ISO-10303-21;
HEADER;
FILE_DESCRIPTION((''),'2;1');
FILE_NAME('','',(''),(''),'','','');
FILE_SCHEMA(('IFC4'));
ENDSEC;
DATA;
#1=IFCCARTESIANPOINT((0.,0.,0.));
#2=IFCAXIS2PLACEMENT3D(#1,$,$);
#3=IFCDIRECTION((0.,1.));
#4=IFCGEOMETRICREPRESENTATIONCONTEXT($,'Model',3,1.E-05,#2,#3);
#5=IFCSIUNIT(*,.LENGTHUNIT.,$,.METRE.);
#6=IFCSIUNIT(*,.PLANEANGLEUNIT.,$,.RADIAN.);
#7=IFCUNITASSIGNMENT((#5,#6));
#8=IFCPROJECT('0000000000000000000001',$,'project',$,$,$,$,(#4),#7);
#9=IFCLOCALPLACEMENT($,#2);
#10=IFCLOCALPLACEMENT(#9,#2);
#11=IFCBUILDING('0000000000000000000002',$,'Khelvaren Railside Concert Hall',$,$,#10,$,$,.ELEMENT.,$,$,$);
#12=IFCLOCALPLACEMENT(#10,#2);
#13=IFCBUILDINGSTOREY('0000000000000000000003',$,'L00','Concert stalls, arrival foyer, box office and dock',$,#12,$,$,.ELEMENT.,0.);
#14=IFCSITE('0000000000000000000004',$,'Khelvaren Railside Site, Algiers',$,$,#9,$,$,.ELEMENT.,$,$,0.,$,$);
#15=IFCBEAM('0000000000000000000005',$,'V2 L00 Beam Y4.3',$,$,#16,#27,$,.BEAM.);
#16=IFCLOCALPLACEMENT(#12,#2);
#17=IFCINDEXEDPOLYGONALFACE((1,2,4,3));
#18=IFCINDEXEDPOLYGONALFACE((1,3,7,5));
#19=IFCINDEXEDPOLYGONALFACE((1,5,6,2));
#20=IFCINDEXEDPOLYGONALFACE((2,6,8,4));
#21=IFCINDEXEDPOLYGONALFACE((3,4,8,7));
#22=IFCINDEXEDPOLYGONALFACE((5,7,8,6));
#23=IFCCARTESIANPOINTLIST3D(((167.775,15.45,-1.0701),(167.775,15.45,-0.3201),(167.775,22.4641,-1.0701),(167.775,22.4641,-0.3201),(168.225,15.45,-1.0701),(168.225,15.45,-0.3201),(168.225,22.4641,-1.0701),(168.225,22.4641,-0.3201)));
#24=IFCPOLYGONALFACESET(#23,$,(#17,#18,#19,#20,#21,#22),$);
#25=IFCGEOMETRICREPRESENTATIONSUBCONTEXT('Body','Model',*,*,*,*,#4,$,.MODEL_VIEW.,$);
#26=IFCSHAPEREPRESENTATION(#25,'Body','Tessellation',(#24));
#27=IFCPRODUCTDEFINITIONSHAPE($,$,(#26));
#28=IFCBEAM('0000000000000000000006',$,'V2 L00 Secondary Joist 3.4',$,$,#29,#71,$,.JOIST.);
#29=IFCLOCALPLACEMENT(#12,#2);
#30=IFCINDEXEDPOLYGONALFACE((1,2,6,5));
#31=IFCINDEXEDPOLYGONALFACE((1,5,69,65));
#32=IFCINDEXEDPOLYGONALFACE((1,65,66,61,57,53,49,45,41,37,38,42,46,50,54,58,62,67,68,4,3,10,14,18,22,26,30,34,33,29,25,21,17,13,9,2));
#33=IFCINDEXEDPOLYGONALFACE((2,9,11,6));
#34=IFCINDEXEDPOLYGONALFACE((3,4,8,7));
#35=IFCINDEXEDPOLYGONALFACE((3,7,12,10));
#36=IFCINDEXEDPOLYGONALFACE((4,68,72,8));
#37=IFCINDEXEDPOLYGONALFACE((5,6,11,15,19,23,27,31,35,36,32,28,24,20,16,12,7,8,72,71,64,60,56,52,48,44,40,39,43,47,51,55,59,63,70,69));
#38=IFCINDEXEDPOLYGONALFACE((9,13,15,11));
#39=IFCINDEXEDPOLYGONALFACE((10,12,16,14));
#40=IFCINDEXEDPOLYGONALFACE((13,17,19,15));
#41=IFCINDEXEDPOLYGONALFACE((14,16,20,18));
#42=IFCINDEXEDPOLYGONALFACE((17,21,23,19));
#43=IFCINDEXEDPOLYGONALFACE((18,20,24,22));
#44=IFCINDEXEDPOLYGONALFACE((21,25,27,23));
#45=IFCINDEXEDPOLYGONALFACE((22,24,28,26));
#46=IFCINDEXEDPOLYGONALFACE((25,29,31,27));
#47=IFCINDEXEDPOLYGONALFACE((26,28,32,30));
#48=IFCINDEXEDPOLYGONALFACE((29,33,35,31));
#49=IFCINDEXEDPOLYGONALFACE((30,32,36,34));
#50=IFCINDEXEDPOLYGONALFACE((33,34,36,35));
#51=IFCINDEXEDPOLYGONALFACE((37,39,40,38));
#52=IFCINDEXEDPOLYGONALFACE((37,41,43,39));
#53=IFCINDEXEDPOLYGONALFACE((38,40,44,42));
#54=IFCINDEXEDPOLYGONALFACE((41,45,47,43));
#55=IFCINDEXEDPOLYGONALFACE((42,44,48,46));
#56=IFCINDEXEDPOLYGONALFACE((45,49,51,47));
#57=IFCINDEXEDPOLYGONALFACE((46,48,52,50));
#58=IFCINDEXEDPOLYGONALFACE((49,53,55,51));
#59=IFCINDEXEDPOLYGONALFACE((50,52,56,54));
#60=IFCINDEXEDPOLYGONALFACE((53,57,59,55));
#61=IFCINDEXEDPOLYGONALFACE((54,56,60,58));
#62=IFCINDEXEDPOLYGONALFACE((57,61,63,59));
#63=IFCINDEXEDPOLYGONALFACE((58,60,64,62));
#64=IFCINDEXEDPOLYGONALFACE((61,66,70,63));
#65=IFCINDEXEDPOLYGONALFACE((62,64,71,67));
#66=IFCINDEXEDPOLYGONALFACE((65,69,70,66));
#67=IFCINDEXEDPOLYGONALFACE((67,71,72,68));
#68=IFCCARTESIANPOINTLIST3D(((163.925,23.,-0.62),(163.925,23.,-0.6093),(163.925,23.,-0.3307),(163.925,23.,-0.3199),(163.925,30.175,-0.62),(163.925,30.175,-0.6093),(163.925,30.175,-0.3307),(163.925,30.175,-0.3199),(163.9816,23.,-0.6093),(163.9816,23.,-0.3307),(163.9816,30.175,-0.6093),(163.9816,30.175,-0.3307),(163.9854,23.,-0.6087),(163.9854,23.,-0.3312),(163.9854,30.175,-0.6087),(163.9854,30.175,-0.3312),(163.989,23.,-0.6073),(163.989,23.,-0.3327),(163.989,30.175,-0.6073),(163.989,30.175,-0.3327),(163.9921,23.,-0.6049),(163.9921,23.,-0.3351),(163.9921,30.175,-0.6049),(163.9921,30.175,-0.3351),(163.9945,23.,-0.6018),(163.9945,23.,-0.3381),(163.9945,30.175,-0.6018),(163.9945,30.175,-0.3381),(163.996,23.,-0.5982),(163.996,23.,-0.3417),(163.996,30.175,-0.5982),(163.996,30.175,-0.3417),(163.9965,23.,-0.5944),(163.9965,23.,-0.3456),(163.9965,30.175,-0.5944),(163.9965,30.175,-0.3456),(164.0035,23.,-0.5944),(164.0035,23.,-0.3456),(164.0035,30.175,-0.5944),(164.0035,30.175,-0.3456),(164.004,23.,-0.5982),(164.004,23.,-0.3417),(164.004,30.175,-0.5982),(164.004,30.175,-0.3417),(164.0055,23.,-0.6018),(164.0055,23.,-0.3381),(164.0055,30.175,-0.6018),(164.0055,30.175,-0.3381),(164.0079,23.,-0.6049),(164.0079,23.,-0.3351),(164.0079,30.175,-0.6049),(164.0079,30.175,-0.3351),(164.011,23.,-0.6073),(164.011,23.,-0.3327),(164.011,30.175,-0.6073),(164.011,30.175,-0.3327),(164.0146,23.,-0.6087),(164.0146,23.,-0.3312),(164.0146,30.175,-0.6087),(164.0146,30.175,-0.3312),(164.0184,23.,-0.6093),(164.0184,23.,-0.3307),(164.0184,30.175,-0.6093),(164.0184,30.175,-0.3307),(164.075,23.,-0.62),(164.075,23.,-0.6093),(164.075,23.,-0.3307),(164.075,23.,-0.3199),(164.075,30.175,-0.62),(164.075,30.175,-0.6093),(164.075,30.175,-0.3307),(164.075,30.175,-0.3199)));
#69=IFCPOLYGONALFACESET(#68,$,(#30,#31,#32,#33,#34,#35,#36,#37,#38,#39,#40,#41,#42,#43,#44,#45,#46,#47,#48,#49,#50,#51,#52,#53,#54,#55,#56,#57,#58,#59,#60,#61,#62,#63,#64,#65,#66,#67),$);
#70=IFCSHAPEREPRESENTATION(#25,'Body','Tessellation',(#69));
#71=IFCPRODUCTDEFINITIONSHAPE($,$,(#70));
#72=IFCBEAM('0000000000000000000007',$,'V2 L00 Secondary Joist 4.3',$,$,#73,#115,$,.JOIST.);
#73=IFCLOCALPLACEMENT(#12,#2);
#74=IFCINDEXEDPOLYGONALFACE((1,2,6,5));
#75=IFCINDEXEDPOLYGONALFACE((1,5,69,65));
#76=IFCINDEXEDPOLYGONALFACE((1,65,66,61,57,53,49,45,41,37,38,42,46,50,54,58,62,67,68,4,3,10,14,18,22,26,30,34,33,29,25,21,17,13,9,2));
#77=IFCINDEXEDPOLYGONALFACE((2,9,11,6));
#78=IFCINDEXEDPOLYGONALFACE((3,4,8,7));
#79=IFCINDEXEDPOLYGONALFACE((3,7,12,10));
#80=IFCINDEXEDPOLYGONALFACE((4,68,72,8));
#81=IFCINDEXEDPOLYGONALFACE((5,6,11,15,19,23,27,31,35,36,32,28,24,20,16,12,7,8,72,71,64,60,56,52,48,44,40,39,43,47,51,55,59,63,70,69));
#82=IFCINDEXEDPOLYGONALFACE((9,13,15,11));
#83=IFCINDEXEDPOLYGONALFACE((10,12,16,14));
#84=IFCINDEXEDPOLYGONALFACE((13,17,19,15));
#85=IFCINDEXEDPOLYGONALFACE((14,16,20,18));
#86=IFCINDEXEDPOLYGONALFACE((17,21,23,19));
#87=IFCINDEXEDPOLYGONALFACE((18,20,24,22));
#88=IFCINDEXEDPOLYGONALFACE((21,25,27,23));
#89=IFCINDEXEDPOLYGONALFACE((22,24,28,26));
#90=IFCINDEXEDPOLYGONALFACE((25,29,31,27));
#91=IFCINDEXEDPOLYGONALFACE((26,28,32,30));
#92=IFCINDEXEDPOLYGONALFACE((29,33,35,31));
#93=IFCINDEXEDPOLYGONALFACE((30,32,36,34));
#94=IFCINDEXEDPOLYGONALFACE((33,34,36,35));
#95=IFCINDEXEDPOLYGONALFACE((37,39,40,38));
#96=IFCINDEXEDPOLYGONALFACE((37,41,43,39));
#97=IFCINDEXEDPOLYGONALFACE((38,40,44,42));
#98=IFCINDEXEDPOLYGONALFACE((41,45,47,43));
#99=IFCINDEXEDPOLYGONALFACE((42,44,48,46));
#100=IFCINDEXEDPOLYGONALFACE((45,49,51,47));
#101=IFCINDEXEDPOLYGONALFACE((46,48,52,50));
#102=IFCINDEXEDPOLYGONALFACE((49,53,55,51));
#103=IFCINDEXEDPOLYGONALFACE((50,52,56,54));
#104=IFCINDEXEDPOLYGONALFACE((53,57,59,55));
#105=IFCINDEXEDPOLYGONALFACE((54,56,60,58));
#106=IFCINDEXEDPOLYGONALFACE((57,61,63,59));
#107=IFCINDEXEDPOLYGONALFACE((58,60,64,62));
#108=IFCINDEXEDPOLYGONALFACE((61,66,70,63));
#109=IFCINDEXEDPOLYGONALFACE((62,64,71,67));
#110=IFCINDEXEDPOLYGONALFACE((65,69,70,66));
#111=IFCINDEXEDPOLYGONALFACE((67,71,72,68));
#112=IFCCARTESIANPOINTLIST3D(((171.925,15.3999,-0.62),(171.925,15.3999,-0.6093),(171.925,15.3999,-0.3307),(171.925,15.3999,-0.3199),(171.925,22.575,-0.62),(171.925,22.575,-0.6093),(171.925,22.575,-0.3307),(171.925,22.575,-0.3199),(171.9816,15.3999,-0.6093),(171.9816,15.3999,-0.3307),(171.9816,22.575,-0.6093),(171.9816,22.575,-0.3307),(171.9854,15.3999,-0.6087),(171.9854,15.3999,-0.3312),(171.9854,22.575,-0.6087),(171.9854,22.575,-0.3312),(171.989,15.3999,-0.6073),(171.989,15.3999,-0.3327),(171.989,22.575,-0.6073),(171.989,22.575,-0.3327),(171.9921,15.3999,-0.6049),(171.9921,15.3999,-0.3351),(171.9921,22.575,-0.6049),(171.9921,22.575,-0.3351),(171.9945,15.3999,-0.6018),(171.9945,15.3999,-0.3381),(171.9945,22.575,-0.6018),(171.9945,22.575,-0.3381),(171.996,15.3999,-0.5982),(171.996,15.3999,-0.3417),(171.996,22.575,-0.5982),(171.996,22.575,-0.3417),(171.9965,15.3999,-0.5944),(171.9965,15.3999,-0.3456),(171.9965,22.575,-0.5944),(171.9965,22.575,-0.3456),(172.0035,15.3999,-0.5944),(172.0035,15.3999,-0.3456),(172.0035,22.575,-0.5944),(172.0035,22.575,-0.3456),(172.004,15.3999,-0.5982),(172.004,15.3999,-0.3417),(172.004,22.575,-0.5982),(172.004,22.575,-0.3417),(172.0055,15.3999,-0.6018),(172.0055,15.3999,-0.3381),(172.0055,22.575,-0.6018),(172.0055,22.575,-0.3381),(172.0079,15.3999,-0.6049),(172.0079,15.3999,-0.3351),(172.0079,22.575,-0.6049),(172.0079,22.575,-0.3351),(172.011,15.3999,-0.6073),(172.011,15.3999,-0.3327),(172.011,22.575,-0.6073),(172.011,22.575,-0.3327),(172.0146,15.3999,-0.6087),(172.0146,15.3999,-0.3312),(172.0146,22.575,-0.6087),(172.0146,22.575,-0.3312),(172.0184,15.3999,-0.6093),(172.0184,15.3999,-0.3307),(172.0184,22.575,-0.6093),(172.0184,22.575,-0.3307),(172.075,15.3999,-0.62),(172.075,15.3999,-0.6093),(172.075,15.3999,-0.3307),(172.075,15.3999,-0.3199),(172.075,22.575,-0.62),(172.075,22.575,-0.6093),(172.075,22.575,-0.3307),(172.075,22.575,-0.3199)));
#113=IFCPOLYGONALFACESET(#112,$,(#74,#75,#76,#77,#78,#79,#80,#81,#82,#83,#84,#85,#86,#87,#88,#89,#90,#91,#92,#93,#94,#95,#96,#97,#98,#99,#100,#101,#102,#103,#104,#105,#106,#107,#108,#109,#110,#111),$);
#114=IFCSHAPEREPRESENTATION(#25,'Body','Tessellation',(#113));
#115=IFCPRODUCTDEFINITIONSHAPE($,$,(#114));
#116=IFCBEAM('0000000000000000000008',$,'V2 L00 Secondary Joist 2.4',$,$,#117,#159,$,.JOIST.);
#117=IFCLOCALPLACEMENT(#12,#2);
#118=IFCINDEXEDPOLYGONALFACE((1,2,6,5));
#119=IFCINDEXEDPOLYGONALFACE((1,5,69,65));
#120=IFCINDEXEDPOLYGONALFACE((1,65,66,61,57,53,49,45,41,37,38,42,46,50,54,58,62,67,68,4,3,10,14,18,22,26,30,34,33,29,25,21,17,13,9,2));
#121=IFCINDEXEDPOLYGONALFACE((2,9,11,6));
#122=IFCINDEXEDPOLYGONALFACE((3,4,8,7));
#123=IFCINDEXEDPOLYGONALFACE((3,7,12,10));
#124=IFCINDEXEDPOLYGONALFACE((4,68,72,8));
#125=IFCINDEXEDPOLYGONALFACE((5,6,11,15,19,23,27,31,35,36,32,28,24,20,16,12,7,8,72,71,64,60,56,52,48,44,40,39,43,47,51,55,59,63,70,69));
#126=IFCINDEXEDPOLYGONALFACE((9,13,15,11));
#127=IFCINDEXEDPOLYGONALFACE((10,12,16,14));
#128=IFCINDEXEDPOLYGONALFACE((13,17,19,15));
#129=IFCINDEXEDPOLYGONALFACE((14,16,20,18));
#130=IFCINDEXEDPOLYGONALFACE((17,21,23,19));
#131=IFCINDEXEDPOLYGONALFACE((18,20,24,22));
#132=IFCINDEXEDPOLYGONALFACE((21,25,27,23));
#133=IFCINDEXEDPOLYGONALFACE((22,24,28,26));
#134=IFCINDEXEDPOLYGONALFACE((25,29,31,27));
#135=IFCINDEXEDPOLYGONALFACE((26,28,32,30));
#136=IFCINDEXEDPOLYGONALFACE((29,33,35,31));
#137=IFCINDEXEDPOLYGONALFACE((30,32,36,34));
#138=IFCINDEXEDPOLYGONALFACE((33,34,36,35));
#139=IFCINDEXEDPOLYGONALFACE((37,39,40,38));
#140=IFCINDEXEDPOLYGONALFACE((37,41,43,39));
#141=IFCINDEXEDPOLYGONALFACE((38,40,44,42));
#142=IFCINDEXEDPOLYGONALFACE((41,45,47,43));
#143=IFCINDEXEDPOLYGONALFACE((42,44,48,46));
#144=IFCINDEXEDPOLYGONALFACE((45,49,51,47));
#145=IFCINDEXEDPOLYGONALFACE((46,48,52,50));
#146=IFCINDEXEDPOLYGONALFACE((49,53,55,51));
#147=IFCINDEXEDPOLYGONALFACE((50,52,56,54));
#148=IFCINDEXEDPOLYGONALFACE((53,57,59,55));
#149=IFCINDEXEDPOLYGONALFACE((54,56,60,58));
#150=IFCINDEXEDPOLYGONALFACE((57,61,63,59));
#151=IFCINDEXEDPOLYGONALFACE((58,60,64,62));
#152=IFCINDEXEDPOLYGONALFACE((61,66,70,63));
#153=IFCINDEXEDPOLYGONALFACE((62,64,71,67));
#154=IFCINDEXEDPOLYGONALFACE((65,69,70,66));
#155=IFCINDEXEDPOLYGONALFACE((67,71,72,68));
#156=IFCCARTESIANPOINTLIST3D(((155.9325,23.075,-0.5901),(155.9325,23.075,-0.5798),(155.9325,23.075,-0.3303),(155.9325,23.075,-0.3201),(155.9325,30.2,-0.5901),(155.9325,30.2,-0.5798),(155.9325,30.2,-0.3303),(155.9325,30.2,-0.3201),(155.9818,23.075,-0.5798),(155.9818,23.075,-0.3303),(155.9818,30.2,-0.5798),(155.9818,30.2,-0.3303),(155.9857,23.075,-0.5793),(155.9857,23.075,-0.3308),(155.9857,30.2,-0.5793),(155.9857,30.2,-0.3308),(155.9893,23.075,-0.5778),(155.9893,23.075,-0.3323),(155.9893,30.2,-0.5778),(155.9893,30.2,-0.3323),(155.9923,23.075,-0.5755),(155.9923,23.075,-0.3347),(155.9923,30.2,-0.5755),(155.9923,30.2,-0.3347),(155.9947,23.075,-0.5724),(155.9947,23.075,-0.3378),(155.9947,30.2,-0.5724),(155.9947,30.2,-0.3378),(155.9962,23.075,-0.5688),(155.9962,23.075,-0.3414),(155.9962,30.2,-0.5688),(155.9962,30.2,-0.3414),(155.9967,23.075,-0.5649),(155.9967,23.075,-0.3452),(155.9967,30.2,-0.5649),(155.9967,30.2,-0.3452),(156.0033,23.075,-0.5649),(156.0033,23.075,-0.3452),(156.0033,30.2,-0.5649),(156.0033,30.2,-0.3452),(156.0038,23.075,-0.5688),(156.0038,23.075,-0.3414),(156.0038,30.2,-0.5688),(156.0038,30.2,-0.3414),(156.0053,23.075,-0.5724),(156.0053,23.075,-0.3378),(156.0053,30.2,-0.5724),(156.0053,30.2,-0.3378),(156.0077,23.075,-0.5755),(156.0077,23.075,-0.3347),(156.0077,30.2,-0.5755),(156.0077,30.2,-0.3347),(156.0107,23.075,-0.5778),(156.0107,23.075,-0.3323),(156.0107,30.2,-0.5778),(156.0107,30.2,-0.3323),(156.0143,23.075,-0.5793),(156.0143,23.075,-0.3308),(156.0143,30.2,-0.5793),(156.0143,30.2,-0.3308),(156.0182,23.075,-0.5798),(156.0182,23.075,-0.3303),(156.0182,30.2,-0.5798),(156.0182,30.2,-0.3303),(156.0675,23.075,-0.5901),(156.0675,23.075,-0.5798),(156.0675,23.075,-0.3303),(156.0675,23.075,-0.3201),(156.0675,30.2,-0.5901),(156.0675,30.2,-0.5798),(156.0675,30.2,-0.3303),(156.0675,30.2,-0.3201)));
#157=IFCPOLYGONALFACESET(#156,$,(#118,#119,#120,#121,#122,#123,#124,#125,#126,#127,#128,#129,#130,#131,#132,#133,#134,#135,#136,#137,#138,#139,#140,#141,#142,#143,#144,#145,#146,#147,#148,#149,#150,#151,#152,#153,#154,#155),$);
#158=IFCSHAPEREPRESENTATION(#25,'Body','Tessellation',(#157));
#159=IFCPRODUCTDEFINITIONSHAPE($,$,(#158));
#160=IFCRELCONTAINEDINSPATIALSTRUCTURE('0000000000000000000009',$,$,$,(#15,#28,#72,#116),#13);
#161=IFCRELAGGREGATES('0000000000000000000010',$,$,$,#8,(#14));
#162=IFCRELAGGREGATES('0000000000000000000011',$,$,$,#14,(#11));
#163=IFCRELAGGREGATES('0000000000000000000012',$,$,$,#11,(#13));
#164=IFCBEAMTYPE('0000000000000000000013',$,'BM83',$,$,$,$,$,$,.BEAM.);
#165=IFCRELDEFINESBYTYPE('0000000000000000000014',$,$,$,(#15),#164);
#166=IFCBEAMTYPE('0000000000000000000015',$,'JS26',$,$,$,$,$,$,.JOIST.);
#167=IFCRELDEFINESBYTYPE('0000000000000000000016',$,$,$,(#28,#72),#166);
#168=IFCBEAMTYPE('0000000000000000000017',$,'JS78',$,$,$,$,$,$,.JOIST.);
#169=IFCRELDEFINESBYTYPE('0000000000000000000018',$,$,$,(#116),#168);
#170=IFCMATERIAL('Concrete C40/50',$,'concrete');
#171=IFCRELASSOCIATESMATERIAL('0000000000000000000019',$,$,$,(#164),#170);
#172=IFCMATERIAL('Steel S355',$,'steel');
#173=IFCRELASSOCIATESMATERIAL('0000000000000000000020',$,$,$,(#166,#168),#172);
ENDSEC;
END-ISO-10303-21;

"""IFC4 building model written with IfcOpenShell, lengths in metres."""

from ifc_helpers import new_model, si_unit, direction, frame, origin, origin_2d, place, context, subcontext, project, spatial, rectangle, i_section, extrude, material, material_profile, profile_set, type_object, element, save


model = new_model("IFC4")

# Units and contexts
model_context = context("Model", 3, precision=1e-05, world=origin(), true_north=direction((0.0, 1.0)))
body_context = subcontext(model_context, "Body", "Model", "MODEL_VIEW")
ifc_project = project(units=[si_unit("LENGTHUNIT", "METRE"), si_unit("PLANEANGLEUNIT", "RADIAN")], contexts=[model_context])

# Site, building, storey
site_placement = place(None, origin())
site = spatial("IfcSite", under=ifc_project, at=site_placement, Name="Khelvaren Railside Site, Algiers", CompositionType="ELEMENT", RefElevation=0.0)
building_placement = place(site_placement, origin())
building = spatial("IfcBuilding", under=site, at=building_placement, Name="Khelvaren Railside Concert Hall", CompositionType="ELEMENT")
storey_placement = place(building_placement, origin())
storey = spatial("IfcBuildingStorey", under=building, at=storey_placement, Name="L00", Description="Concert stalls, arrival foyer, box office and dock", CompositionType="ELEMENT", Elevation=0.0)

# Beams
ifc_material_1 = material(Name="Steel S355", Category="steel")
ifc_material_2 = material(Name="Concrete C40/50", Category="concrete")
ifc_material_profile_1 = material_profile(ifc_material_2, rectangle(XDim=0.45, YDim=0.75, at=origin_2d()), Name="RCB 450x750")
ifc_profile_set_1 = profile_set([ifc_material_profile_1], Name="Concrete C40/50")
beam_type_1 = type_object("IfcBeamType", Name="BM83", PredefinedType="BEAM", material=ifc_profile_set_1)
beam_1_placement = place(storey_placement, frame((168.0, 15.45, -0.6951), z_axis=(0.0, 1.0, 0.0), x_axis=(-1.0, 0.0, 0.0)))
element("IfcBeam", 1, at=beam_1_placement, inside=storey, type_object=beam_type_1, Name="V2 L00 Beam Y4.3", PredefinedType="BEAM", context=body_context, shape_type="SweptSolid", body=[
    extrude(rectangle(XDim=0.45, YDim=0.75, at=origin_2d()), origin(), (0.0, 0.0, 1.0), 7.0142),
])
ifc_material_profile_2 = material_profile(ifc_material_1, i_section(OverallWidth=0.1499, OverallDepth=0.3, WebThickness=0.0071, FlangeThickness=0.0107, FilletRadius=0.0149, at=origin_2d()), Name="IPE 300")
ifc_profile_set_2 = profile_set([ifc_material_profile_2], Name="Steel S355")
beam_type_2 = type_object("IfcBeamType", Name="JS26", PredefinedType="JOIST", material=ifc_profile_set_2)
for number, where, z_axis, x_axis, name in (
    (2, (164.0, 23.0, -0.47), (0.0, 1.0, 0.0), (-1.0, 0.0, 0.0), "V2 L00 Secondary Joist 3.4"),
    (3, (172.0, 15.3999, -0.47), (0.0, 1.0, 0.0), (-1.0, 0.0, 0.0), "V2 L00 Secondary Joist 4.3"),
):
    element("IfcBeam", number, at=place(storey_placement, frame(where, z_axis=z_axis, x_axis=x_axis)), inside=storey, type_object=beam_type_2, Name=name, PredefinedType="JOIST", context=body_context, shape_type="SweptSolid", body=[
        extrude(i_section(OverallWidth=0.1499, OverallDepth=0.3, WebThickness=0.0071, FlangeThickness=0.0107, FilletRadius=0.0149, at=origin_2d()), origin(), (0.0, 0.0, 1.0), 7.175),
    ])
ifc_material_profile_3 = material_profile(ifc_material_1, i_section(OverallWidth=0.135, OverallDepth=0.27, WebThickness=0.0066, FlangeThickness=0.0103, FilletRadius=0.0149, at=origin_2d()), Name="IPE 270")
ifc_profile_set_3 = profile_set([ifc_material_profile_3], Name="Steel S355")
beam_type_3 = type_object("IfcBeamType", Name="JS78", PredefinedType="JOIST", material=ifc_profile_set_3)
for number, where, z_axis, x_axis, name in (
    (4, (156.0, 23.075, -0.4551), (0.0, 1.0, 0.0), (-1.0, 0.0, 0.0), "V2 L00 Secondary Joist 2.4"),
):
    element("IfcBeam", number, at=place(storey_placement, frame(where, z_axis=z_axis, x_axis=x_axis)), inside=storey, type_object=beam_type_3, Name=name, PredefinedType="JOIST", context=body_context, shape_type="SweptSolid", body=[
        extrude(i_section(OverallWidth=0.135, OverallDepth=0.27, WebThickness=0.0066, FlangeThickness=0.0103, FilletRadius=0.0149, at=origin_2d()), origin(), (0.0, 0.0, 1.0), 7.125),
    ])

save(model, "model.ifc")
